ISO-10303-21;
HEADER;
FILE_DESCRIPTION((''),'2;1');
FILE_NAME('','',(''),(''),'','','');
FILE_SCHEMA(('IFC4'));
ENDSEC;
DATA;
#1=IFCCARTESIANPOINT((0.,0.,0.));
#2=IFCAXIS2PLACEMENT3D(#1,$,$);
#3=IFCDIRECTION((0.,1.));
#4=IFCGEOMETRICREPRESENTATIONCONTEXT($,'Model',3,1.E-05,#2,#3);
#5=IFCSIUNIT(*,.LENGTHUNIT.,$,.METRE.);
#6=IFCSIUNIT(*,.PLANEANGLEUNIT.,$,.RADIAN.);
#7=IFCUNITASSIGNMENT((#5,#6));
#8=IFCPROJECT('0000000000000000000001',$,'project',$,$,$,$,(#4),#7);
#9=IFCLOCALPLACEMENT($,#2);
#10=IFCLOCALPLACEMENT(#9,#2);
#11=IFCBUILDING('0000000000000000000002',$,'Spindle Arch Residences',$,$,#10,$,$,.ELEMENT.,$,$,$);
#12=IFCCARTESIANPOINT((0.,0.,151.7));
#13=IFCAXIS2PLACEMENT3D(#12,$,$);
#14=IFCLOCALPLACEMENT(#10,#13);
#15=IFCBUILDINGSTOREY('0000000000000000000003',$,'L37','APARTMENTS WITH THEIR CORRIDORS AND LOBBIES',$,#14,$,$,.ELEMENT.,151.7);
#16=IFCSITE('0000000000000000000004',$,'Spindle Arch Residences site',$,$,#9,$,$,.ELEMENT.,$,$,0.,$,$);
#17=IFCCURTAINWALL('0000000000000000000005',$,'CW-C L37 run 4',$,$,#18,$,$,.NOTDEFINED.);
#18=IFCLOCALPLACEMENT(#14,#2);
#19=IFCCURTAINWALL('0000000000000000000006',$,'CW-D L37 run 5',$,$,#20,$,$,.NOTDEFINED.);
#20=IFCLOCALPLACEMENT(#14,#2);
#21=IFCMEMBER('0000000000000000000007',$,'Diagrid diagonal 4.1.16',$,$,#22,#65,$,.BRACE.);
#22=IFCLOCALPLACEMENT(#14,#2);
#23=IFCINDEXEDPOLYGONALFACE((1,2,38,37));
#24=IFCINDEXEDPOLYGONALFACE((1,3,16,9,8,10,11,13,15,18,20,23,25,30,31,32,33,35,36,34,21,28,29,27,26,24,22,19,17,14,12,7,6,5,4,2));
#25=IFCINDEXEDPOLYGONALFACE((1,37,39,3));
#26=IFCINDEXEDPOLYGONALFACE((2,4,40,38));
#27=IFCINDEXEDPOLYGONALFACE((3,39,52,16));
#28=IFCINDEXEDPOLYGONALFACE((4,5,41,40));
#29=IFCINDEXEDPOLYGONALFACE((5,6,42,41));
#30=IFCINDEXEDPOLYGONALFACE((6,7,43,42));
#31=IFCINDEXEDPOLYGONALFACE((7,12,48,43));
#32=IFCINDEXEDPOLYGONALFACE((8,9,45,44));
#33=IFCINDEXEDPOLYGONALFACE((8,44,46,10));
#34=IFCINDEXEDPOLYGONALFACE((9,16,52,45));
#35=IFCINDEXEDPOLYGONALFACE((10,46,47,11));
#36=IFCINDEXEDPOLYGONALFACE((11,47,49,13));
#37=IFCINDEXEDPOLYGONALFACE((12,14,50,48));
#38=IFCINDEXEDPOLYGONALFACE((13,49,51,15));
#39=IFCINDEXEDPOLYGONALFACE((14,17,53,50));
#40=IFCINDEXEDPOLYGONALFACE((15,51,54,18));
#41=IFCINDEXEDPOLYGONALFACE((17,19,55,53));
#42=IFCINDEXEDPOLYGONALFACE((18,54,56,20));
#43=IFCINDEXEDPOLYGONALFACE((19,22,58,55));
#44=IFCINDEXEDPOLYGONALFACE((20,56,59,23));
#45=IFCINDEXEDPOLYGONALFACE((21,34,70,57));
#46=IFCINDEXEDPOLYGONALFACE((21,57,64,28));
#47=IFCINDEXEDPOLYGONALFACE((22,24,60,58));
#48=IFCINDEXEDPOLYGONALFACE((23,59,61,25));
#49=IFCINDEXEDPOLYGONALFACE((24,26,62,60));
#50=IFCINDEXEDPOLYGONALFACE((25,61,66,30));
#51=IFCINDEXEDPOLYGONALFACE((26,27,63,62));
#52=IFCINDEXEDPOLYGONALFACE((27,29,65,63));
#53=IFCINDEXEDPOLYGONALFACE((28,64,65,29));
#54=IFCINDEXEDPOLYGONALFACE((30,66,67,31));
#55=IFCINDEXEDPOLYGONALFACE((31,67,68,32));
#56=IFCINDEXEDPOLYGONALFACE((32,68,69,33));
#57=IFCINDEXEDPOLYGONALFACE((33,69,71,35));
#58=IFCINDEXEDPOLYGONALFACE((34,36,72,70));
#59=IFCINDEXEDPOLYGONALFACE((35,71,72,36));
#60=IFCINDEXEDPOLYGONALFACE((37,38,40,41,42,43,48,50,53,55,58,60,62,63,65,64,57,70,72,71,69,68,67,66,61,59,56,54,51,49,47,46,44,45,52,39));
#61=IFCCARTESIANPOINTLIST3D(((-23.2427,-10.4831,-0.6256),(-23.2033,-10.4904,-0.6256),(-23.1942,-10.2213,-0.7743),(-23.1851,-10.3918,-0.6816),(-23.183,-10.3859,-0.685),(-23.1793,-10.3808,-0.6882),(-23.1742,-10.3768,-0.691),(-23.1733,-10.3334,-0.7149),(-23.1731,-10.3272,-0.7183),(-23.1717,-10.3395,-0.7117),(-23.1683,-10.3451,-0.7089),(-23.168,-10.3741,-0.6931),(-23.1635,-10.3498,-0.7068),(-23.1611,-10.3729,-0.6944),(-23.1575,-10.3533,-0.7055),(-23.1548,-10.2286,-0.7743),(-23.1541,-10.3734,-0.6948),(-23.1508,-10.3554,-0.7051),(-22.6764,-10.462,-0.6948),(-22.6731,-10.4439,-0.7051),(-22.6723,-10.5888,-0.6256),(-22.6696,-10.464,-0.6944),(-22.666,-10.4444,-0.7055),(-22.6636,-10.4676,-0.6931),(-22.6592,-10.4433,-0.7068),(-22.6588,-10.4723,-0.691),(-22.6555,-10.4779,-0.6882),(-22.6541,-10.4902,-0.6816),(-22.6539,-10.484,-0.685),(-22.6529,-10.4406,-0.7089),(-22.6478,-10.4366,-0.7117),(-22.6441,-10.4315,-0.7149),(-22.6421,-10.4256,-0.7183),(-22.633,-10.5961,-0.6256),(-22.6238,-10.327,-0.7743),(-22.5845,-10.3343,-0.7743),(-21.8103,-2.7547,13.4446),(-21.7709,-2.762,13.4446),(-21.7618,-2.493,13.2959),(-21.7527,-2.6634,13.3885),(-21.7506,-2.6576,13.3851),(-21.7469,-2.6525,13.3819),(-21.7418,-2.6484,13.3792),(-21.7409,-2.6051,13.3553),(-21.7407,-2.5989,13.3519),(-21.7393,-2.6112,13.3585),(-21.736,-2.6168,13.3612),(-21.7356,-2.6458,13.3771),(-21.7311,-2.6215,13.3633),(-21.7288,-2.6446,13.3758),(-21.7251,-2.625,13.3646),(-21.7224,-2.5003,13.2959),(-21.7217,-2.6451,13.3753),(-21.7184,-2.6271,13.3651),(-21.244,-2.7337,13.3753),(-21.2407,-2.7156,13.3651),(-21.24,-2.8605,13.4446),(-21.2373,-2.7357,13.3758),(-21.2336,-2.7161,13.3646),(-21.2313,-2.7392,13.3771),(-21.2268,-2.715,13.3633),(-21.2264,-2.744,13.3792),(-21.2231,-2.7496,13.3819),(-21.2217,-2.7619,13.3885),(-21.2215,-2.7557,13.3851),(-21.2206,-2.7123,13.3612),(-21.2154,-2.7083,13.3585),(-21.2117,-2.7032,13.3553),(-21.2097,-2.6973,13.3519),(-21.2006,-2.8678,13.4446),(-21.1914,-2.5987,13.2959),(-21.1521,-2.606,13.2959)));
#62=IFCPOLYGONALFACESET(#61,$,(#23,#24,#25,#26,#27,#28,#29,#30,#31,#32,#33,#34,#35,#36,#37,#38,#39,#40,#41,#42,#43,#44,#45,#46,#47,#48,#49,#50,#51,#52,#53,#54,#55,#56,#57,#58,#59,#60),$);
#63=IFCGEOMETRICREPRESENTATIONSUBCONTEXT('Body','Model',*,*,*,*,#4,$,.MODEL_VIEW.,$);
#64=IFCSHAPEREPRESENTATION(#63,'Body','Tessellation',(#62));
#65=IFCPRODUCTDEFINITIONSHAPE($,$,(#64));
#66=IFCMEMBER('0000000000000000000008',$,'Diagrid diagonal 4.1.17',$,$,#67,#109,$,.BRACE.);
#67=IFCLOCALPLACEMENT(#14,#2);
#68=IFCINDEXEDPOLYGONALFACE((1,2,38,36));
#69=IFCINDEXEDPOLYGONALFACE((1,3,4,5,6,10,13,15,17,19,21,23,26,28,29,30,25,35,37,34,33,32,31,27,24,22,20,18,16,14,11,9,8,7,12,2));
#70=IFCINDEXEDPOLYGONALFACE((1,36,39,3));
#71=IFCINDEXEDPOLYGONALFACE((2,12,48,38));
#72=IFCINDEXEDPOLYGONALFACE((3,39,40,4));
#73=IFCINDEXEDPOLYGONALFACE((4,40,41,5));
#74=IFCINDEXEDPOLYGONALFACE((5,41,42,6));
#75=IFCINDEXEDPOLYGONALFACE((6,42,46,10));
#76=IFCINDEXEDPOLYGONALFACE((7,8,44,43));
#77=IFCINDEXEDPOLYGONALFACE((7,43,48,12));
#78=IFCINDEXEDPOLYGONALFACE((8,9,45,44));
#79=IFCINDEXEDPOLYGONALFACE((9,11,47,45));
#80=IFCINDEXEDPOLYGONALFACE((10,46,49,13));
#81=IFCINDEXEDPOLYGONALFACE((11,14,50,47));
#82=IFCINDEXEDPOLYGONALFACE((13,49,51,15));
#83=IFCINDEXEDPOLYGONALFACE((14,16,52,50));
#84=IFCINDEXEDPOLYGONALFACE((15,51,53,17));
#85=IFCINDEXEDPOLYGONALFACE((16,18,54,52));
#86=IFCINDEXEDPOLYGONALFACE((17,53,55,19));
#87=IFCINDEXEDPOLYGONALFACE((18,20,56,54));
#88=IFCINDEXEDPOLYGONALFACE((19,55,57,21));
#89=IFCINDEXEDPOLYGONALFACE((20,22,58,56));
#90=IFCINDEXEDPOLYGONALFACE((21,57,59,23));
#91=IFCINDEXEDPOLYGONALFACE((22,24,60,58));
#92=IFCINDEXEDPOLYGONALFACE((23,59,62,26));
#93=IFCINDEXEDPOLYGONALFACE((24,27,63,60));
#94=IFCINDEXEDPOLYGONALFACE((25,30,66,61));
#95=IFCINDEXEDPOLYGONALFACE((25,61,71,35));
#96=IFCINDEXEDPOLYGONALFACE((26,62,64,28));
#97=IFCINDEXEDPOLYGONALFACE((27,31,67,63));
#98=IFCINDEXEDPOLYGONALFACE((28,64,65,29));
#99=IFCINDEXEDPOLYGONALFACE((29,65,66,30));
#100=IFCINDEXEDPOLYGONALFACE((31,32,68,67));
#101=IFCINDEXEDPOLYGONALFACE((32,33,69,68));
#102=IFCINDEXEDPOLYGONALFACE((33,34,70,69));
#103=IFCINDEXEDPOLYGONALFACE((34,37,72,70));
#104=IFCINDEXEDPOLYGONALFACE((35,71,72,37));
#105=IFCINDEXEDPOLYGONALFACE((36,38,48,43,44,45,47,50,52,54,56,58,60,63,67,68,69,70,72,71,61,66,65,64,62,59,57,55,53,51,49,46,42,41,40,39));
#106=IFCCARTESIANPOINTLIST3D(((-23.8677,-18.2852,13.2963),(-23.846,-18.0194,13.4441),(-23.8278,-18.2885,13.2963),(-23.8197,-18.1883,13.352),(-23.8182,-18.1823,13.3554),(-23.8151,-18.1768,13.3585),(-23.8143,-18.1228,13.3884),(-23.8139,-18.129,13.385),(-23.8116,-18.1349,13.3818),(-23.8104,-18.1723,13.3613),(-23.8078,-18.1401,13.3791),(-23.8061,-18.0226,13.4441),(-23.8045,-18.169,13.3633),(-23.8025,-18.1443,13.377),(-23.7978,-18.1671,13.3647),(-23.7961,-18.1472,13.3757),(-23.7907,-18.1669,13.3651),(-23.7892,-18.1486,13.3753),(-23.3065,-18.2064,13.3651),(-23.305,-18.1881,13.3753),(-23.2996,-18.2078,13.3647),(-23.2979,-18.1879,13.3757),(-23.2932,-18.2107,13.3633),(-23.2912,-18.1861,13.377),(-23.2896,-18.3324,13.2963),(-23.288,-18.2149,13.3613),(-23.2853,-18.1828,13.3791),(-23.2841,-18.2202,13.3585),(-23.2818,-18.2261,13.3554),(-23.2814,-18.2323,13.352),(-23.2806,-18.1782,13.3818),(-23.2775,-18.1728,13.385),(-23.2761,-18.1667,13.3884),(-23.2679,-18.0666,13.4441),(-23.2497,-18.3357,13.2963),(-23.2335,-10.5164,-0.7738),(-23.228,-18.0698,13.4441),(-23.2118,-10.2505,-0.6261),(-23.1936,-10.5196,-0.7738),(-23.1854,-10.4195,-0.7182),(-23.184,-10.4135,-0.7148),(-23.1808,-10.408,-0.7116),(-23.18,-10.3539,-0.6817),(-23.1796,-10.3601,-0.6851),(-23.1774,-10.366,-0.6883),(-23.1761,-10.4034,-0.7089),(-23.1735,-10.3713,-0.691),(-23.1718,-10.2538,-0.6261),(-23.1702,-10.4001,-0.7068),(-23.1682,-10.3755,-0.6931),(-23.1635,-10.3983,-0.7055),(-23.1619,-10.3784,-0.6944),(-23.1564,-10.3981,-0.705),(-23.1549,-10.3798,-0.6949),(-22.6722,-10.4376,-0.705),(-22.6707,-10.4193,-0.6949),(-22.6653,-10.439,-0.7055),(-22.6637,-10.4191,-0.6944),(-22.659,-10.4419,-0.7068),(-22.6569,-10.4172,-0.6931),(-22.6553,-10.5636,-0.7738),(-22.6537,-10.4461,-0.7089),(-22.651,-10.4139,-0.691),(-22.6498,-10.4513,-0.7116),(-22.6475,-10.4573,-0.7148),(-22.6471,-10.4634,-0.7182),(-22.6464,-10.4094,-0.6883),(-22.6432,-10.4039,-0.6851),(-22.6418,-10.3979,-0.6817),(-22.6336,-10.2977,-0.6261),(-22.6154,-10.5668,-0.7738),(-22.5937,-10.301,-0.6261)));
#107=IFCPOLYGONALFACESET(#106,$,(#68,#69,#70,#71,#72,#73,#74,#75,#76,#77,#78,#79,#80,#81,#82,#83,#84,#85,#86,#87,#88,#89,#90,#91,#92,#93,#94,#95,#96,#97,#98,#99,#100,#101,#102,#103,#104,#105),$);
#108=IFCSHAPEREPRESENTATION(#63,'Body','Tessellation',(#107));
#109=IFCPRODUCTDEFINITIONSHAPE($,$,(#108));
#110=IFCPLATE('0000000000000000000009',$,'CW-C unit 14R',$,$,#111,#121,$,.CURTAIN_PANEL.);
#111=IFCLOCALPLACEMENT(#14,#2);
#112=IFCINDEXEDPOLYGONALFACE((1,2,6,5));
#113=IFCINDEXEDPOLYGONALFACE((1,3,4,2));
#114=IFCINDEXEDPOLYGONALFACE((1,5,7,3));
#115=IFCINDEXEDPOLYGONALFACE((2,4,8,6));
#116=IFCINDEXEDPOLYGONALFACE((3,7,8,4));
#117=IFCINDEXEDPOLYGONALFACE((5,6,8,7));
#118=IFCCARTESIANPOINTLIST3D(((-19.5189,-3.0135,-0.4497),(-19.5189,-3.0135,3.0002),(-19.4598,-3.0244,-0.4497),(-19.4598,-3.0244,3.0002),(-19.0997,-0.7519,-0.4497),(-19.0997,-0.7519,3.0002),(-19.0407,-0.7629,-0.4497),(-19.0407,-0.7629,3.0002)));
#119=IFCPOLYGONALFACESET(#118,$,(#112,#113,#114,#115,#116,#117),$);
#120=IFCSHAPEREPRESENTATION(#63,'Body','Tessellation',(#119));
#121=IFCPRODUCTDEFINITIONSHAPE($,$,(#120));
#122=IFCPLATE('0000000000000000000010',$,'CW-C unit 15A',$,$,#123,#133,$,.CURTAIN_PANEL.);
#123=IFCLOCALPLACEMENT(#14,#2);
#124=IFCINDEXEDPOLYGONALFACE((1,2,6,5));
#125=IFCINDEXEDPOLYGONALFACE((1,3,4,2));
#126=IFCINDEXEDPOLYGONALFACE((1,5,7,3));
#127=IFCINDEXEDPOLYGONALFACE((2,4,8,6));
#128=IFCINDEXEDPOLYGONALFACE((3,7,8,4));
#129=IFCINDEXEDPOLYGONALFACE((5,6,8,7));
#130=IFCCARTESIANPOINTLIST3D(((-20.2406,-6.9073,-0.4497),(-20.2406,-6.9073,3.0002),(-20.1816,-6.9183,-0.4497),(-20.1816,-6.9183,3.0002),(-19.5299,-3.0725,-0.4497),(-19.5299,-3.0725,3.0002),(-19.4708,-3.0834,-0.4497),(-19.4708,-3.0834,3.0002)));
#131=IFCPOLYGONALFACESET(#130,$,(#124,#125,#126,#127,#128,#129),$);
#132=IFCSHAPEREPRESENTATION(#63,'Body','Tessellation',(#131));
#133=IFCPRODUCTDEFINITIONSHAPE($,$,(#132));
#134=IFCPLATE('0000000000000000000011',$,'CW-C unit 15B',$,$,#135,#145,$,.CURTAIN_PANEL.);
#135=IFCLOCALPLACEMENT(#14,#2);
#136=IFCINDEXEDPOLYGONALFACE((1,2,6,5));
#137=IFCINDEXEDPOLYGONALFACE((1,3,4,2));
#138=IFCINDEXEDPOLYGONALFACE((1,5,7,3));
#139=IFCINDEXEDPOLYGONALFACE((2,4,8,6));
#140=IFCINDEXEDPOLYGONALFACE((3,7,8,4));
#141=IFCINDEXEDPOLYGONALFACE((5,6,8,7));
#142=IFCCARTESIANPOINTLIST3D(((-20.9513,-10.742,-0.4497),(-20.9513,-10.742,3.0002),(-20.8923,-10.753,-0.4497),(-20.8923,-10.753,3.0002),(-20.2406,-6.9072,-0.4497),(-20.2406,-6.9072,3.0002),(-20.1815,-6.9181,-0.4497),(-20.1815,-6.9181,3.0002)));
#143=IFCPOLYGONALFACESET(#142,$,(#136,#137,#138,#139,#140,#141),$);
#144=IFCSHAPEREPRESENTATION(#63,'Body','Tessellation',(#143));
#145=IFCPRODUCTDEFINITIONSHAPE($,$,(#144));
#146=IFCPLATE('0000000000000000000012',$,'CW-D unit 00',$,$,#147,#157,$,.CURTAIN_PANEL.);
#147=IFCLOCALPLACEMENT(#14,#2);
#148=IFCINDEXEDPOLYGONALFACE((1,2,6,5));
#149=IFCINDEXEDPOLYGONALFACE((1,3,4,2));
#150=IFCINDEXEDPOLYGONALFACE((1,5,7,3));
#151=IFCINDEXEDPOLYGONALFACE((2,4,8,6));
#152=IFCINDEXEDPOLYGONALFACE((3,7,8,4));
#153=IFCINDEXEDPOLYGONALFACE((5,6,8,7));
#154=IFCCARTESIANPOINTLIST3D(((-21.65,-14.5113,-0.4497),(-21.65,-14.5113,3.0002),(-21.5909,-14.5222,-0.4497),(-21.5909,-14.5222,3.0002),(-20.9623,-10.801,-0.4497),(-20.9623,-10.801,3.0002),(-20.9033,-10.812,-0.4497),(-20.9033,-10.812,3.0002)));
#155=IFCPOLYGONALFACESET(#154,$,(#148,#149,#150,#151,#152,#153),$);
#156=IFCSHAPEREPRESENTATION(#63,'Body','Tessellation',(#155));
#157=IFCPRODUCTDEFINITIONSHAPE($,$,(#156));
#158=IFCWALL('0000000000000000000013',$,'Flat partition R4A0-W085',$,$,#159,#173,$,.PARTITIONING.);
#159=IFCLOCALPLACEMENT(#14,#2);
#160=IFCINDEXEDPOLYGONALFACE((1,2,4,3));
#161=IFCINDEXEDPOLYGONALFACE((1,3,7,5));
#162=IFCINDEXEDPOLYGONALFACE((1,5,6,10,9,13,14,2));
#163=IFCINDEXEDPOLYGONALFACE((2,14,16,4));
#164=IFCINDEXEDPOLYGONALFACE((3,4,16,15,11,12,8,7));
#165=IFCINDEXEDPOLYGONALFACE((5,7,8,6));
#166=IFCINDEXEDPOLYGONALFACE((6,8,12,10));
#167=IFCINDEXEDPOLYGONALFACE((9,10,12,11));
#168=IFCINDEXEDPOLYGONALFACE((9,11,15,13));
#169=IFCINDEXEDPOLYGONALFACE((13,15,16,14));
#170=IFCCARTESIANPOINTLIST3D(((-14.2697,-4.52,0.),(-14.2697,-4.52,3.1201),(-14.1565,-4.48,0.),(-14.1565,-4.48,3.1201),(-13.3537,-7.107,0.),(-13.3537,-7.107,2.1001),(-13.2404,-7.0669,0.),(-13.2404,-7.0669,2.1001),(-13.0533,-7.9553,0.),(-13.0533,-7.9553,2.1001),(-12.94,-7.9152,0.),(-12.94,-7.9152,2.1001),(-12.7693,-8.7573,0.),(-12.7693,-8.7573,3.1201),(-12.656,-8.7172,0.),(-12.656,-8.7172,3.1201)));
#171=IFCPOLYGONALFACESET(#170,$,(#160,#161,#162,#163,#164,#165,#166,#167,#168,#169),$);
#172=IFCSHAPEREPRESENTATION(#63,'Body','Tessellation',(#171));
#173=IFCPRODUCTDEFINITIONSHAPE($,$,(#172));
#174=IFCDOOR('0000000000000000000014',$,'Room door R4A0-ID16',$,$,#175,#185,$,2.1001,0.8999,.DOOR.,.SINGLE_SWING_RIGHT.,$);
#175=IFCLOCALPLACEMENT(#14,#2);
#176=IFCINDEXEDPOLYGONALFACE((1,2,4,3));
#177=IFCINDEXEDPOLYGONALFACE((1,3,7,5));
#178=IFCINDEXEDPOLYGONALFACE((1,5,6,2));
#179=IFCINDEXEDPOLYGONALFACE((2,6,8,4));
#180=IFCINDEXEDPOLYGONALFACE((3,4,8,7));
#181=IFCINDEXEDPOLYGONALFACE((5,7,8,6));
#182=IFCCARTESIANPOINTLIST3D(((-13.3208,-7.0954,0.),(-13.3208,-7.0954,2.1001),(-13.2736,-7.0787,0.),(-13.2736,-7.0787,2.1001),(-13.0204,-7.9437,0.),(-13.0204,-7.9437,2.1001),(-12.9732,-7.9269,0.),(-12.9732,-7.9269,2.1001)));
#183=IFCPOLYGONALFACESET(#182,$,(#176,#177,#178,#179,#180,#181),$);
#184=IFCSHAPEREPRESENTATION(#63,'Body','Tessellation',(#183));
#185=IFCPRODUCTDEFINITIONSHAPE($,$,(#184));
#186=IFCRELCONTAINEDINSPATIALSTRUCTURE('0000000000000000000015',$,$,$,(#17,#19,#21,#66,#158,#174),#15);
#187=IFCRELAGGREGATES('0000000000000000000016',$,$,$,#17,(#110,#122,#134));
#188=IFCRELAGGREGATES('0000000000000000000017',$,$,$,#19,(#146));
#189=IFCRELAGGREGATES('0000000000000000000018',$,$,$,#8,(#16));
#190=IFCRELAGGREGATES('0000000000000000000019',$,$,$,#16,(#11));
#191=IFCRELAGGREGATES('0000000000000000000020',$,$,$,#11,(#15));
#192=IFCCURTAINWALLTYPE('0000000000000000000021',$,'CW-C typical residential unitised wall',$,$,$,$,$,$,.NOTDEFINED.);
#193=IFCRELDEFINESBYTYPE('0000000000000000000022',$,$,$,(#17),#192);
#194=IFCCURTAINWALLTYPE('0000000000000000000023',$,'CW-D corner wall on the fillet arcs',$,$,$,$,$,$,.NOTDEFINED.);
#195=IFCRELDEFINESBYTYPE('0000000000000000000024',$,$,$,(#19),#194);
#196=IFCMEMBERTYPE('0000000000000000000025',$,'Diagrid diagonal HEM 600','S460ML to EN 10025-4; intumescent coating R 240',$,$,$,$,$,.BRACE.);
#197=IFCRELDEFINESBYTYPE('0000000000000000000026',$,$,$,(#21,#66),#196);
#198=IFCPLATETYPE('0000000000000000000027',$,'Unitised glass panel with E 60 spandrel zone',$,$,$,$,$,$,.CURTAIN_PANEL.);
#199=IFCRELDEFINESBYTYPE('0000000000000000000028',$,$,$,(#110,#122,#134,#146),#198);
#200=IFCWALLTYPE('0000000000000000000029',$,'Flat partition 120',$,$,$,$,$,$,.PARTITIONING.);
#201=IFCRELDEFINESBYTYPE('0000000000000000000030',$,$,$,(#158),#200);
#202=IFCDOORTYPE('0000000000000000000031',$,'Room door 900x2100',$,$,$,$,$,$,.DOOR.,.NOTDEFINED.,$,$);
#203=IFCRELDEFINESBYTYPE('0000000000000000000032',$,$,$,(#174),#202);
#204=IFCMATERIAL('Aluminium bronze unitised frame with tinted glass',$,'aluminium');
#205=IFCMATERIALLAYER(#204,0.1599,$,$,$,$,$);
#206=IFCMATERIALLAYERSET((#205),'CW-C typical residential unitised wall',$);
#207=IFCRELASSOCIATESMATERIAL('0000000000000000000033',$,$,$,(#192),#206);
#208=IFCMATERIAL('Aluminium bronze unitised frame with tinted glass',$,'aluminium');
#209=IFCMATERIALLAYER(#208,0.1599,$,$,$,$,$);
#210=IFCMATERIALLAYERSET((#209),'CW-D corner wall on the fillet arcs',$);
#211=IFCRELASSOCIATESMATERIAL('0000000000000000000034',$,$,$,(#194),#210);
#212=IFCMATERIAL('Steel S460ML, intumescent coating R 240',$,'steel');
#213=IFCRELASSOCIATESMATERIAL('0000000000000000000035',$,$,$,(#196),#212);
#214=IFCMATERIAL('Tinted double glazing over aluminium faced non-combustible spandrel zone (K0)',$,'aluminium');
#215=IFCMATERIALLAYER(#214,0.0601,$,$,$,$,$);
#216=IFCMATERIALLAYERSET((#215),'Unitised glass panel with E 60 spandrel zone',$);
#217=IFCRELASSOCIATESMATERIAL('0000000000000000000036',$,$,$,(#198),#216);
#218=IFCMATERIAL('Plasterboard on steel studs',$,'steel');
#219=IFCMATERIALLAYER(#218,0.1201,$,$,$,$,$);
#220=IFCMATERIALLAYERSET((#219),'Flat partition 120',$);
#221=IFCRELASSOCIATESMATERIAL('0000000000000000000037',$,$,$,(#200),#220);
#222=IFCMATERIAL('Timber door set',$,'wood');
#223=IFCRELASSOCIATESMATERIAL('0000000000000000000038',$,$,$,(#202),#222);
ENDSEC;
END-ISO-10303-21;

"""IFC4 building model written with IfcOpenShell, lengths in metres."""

from ifc_helpers import new_model, si_unit, direction, frame, frame_2d, origin, origin_2d, place, context, subcontext, project, spatial, rectangle, i_section, extrude, material, layer, layer_set, material_profile, profile_set, type_object, element, fill, aggregate, save


model = new_model("IFC4")

# Units and contexts
model_context = context("Model", 3, precision=1e-05, world=origin(), true_north=direction((0.0, 1.0)))
body_context = subcontext(model_context, "Body", "Model", "MODEL_VIEW")
ifc_project = project(units=[si_unit("LENGTHUNIT", "METRE"), si_unit("PLANEANGLEUNIT", "RADIAN")], contexts=[model_context])

# Site, building, storey
site_placement = place(None, origin())
site = spatial("IfcSite", under=ifc_project, at=site_placement, Name="Spindle Arch Residences site", CompositionType="ELEMENT", RefElevation=0.0)
building_placement = place(site_placement, origin())
building = spatial("IfcBuilding", under=site, at=building_placement, Name="Spindle Arch Residences", CompositionType="ELEMENT")
storey_placement = place(building_placement, frame((0.0, 0.0, 151.7)))
storey = spatial("IfcBuildingStorey", under=building, at=storey_placement, Name="L37", Description="APARTMENTS WITH THEIR CORRIDORS AND LOBBIES", CompositionType="ELEMENT", Elevation=151.7)

# Curtain wall
ifc_material_1 = material(Name="Aluminium bronze unitised frame with tinted glass", Category="aluminium")
ifc_layer_1 = layer(ifc_material_1, 0.1599)
ifc_layer_set_1 = layer_set([ifc_layer_1], Name="CW-C typical residential unitised wall")
curtain_wall_type_1 = type_object("IfcCurtainWallType", Name="CW-C typical residential unitised wall", PredefinedType="NOTDEFINED", material=ifc_layer_set_1)
curtain_wall_1_placement = place(storey_placement, origin())
curtain_wall_1 = element("IfcCurtainWall", 1, at=curtain_wall_1_placement, inside=storey, type_object=curtain_wall_type_1, Name="CW-C L37 run 4", PredefinedType="NOTDEFINED")

# Curtain wall
ifc_material_2 = material(Name="Aluminium bronze unitised frame with tinted glass", Category="aluminium")
ifc_layer_2 = layer(ifc_material_2, 0.1599)
ifc_layer_set_2 = layer_set([ifc_layer_2], Name="CW-D corner wall on the fillet arcs")
curtain_wall_type_2 = type_object("IfcCurtainWallType", Name="CW-D corner wall on the fillet arcs", PredefinedType="NOTDEFINED", material=ifc_layer_set_2)
curtain_wall_2_placement = place(storey_placement, origin())
curtain_wall_2 = element("IfcCurtainWall", 2, at=curtain_wall_2_placement, inside=storey, type_object=curtain_wall_type_2, Name="CW-D L37 run 5", PredefinedType="NOTDEFINED")

# Members
ifc_material_3 = material(Name="Steel S460ML, intumescent coating R 240", Category="steel")
ifc_material_profile_1 = material_profile(ifc_material_3, i_section(OverallWidth=0.3049, OverallDepth=0.6201, WebThickness=0.021, FlangeThickness=0.04, FilletRadius=0.0271, at=origin_2d()), Name="HEM 600")
ifc_profile_set_1 = profile_set([ifc_material_profile_1], Name="Steel S460ML, intumescent coating R 240")
member_type_1 = type_object("IfcMemberType", Name="Diagrid diagonal HEM 600", Description="S460ML to EN 10025-4; intumescent coating R 240", PredefinedType="BRACE", material=ifc_profile_set_1)
member_1_placement = place(storey_placement, frame((-22.9136, -10.4087, -0.7), z_axis=(0.088876, 0.479523, 0.873017), x_axis=(-0.159097, -0.858398, 0.487689)))
element("IfcMember", 3, at=member_1_placement, inside=storey, type_object=member_type_1, Name="Diagrid diagonal 4.1.16", PredefinedType="BRACE", context=body_context, shape_type="SweptSolid", body=[
    extrude(i_section(OverallWidth=0.3049, OverallDepth=0.6201, WebThickness=0.021, FlangeThickness=0.04, FilletRadius=0.0271, at=origin_2d()), origin(), (0.0, 0.0, 1.0), 16.1167),
])
member_2_placement = place(storey_placement, frame((-22.9136, -10.4087, -0.7), z_axis=(-0.039433, -0.482988, 0.874739), x_axis=(0.071181, 0.871838, 0.484595)))
element("IfcMember", 4, at=member_2_placement, inside=storey, type_object=member_type_1, Name="Diagrid diagonal 4.1.17", PredefinedType="BRACE", context=body_context, shape_type="SweptSolid", body=[
    extrude(i_section(OverallWidth=0.3049, OverallDepth=0.6201, WebThickness=0.021, FlangeThickness=0.04, FilletRadius=0.0271, at=origin_2d()), origin(), (0.0, 0.0, 1.0), 16.085),
])

# Plates
ifc_material_4 = material(Name="Tinted double glazing over aluminium faced non-combustible spandrel zone (K0)", Category="aluminium")
ifc_layer_3 = layer(ifc_material_4, 0.0601)
ifc_layer_set_3 = layer_set([ifc_layer_3], Name="Unitised glass panel with E 60 spandrel zone")
plate_type = type_object("IfcPlateType", Name="Unitised glass panel with E 60 spandrel zone", PredefinedType="CURTAIN_PANEL", material=ifc_layer_set_3)
plate_1_placement = place(storey_placement, frame((-19.2798, -1.8882, -0.4497), z_axis=(0.0, 0.0, 1.0), x_axis=(-0.182236, -0.983255, 0.0)))
plate_1 = element("IfcPlate", 5, at=plate_1_placement, type_object=plate_type, Name="CW-C unit 14R", PredefinedType="CURTAIN_PANEL", context=body_context, shape_type="SweptSolid", body=[
    extrude(rectangle(XDim=2.3, YDim=0.0601, at=origin_2d()), origin(), (0.0, 0.0, 1.0), 3.45),
])
plate_2_placement = place(storey_placement, frame((-19.8557, -4.9954, -0.4497), z_axis=(0.0, 0.0, 1.0), x_axis=(-0.182236, -0.983255, 0.0)))
plate_2 = element("IfcPlate", 6, at=plate_2_placement, type_object=plate_type, Name="CW-C unit 15A", PredefinedType="CURTAIN_PANEL", context=body_context, shape_type="SweptSolid", body=[
    extrude(rectangle(XDim=3.9001, YDim=0.0601, at=origin_2d()), origin(), (0.0, 0.0, 1.0), 3.45),
])
plate_3_placement = place(storey_placement, frame((-20.5664, -8.8301, -0.4497), z_axis=(0.0, 0.0, 1.0), x_axis=(-0.182236, -0.983255, 0.0)))
plate_3 = element("IfcPlate", 7, at=plate_3_placement, type_object=plate_type, Name="CW-C unit 15B", PredefinedType="CURTAIN_PANEL", context=body_context, shape_type="SweptSolid", body=[
    extrude(rectangle(XDim=3.9001, YDim=0.0601, at=origin_2d()), origin(), (0.0, 0.0, 1.0), 3.45),
])
aggregate(curtain_wall_1, [plate_1, plate_2, plate_3])
plate_4_placement = place(storey_placement, frame((-21.2766, -12.6616, -0.4497), z_axis=(0.0, 0.0, 1.0), x_axis=(-0.182236, -0.983255, 0.0)))
plate_4 = element("IfcPlate", 8, at=plate_4_placement, type_object=plate_type, Name="CW-D unit 00", PredefinedType="CURTAIN_PANEL", context=body_context, shape_type="SweptSolid", body=[
    extrude(rectangle(XDim=3.7734, YDim=0.0601, at=origin_2d()), origin(), (0.0, 0.0, 1.0), 3.45),
])
aggregate(curtain_wall_2, [plate_4])

# Wall, opening, door
ifc_material_5 = material(Name="Plasterboard on steel studs", Category="steel")
ifc_layer_4 = layer(ifc_material_5, 0.1201)
ifc_layer_set_4 = layer_set([ifc_layer_4], Name="Flat partition 120")
wall_type_1 = type_object("IfcWallType", Name="Flat partition 120", PredefinedType="PARTITIONING", material=ifc_layer_set_4)
wall_1_placement = place(storey_placement, frame((-14.2131, -4.5, 0.0), z_axis=(0.0, 0.0, 1.0), x_axis=(0.333803, -0.942643, 0.0)))
wall_1 = element("IfcWall", 9, at=wall_1_placement, inside=storey, type_object=wall_type_1, Name="Flat partition R4A0-W085", PredefinedType="PARTITIONING", context=body_context, shape_type="SweptSolid", body=[
    extrude(rectangle(XDim=4.4951, YDim=0.1201, at=frame_2d((2.2476, 0.0))), origin(), (0.0, 0.0, 1.0), 3.1201),
])
opening_1_placement = place(wall_1_placement, frame((2.7444, 0.0, 0.0)))
opening_1 = element("IfcOpeningElement", 10, at=opening_1_placement, cuts=wall_1, PredefinedType="OPENING", context=body_context, shape_type="SweptSolid", body=[
    extrude(rectangle(XDim=0.8999, YDim=2.1001, at=frame_2d((0.45, 1.05))), frame((0.0, 0.0701, 0.0), z_axis=(0.0, -1.0, 0.0), x_axis=(1.0, 0.0, 0.0)), (0.0, 0.0, 1.0), 0.1401),
])
ifc_material_6 = material(Name="Timber door set", Category="wood")
door_type = type_object("IfcDoorType", Name="Room door 900x2100", OperationType="NOTDEFINED", PredefinedType="DOOR", material=ifc_material_6)
door_1_placement = place(opening_1_placement, origin())
door_1 = element("IfcDoor", 11, at=door_1_placement, inside=storey, type_object=door_type, Name="Room door R4A0-ID16", OperationType="SINGLE_SWING_RIGHT", OverallHeight=2.1001, OverallWidth=0.8999, PredefinedType="DOOR", context=body_context, shape_type="SweptSolid", body=[
    extrude(rectangle(XDim=0.8999, YDim=2.1001, at=frame_2d((0.45, 1.05))), frame((0.0, 0.0249, 0.0), z_axis=(0.0, -1.0, 0.0), x_axis=(1.0, 0.0, 0.0)), (0.0, 0.0, 1.0), 0.05),
])
fill(opening_1, door_1)

save(model, "model.ifc")
